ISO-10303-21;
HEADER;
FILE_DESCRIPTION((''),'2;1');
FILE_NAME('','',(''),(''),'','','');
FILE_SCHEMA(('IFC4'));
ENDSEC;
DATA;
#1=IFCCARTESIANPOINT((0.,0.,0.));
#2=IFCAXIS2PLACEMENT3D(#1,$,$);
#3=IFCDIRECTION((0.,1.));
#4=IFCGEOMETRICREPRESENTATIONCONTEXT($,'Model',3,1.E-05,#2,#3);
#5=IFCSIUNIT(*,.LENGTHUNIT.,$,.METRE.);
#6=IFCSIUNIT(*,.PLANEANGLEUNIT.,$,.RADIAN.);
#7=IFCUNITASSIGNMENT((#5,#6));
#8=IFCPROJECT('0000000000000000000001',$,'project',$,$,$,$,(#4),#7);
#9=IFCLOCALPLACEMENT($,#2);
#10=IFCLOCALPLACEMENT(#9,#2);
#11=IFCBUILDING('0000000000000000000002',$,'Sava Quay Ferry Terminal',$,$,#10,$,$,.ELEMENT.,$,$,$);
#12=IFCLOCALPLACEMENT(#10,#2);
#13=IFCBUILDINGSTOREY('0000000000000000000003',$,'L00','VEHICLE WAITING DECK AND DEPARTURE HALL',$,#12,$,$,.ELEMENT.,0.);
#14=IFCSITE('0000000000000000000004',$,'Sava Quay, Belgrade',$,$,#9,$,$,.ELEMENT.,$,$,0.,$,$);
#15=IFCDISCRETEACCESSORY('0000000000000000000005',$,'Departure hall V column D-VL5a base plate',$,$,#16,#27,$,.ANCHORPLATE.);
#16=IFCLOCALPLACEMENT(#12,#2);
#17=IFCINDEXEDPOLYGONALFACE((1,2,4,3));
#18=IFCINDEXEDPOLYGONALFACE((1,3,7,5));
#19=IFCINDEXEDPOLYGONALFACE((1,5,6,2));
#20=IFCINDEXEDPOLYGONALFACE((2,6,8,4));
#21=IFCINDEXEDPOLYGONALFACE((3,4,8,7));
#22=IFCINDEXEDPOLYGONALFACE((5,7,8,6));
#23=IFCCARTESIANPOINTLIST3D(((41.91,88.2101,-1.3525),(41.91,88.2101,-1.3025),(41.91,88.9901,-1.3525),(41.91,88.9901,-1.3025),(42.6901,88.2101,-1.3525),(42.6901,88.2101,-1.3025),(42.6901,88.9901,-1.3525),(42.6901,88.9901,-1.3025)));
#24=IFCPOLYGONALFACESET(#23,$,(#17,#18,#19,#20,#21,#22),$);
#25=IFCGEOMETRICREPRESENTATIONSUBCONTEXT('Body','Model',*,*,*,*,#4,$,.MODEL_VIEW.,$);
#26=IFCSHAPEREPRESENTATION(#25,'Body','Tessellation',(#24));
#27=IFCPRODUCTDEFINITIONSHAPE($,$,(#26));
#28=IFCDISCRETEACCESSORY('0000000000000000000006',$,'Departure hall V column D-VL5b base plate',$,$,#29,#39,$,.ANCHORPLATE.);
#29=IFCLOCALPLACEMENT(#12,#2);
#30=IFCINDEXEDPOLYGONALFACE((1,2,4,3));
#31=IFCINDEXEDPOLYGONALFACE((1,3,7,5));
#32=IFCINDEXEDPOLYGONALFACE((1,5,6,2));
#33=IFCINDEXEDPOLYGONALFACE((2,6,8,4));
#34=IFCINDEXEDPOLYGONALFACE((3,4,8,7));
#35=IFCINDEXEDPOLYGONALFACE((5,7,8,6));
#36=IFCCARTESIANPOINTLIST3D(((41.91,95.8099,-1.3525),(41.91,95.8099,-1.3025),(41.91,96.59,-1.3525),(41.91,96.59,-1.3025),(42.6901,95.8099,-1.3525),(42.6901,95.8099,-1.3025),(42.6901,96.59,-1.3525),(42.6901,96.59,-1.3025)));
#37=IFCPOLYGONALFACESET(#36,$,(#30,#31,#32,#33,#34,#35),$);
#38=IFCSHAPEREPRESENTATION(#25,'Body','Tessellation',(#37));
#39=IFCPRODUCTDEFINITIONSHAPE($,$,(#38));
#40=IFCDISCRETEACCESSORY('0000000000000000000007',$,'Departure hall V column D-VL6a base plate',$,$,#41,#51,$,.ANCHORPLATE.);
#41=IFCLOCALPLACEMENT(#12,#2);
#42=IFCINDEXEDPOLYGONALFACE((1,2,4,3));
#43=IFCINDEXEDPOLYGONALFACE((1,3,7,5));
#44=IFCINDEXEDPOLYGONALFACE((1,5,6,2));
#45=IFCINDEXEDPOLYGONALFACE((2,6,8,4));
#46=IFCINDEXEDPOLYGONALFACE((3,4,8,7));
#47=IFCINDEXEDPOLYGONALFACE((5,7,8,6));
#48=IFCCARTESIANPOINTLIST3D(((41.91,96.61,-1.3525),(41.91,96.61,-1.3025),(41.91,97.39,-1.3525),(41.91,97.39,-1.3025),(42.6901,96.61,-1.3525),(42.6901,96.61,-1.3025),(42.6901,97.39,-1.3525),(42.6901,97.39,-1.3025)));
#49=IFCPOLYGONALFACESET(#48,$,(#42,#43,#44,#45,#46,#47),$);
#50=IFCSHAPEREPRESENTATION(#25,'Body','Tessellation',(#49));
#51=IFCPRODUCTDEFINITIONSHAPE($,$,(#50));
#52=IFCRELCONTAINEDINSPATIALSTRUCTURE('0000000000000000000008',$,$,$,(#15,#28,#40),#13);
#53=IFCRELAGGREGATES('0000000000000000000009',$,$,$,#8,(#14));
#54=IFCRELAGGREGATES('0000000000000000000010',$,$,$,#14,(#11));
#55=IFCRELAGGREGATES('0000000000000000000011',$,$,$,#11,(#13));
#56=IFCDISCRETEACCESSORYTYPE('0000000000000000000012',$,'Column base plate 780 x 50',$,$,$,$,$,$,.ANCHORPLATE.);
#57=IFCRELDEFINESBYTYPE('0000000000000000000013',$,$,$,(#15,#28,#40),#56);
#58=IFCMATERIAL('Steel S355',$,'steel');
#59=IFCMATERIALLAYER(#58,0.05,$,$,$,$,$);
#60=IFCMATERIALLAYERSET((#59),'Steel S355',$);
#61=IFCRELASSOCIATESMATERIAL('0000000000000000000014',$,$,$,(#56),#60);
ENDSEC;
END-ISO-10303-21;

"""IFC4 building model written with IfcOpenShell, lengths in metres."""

from ifc_helpers import new_model, si_unit, direction, frame, origin, origin_2d, place, context, subcontext, project, spatial, rectangle, extrude, material, layer, layer_set, type_object, element, save


model = new_model("IFC4")

# Units and contexts
model_context = context("Model", 3, precision=1e-05, world=origin(), true_north=direction((0.0, 1.0)))
body_context = subcontext(model_context, "Body", "Model", "MODEL_VIEW")
ifc_project = project(units=[si_unit("LENGTHUNIT", "METRE"), si_unit("PLANEANGLEUNIT", "RADIAN")], contexts=[model_context])

# Site, building, storey
site_placement = place(None, origin())
site = spatial("IfcSite", under=ifc_project, at=site_placement, Name="Sava Quay, Belgrade", CompositionType="ELEMENT", RefElevation=0.0)
building_placement = place(site_placement, origin())
building = spatial("IfcBuilding", under=site, at=building_placement, Name="Sava Quay Ferry Terminal", CompositionType="ELEMENT")
storey_placement = place(building_placement, origin())
storey = spatial("IfcBuildingStorey", under=building, at=storey_placement, Name="L00", Description="VEHICLE WAITING DECK AND DEPARTURE HALL", CompositionType="ELEMENT", Elevation=0.0)

# Discrete accessories
ifc_material_1 = material(Name="Steel S355", Category="steel")
ifc_layer_1 = layer(ifc_material_1, 0.05)
ifc_layer_set_1 = layer_set([ifc_layer_1], Name="Steel S355")
discrete_accessory_type = type_object("IfcDiscreteAccessoryType", Name="Column base plate 780 x 50", PredefinedType="ANCHORPLATE", material=ifc_layer_set_1)
for number, where, z_axis, x_axis, name in (
    (1, (42.3, 88.6001, -1.3525), (0.0, 0.0, 1.0), (1.0, 0.0, 0.0), "Departure hall V column D-VL5a base plate"),
    (2, (42.3, 96.2, -1.3525), (0.0, 0.0, 1.0), (1.0, 0.0, 0.0), "Departure hall V column D-VL5b base plate"),
    (3, (42.3, 97.0, -1.3525), (0.0, 0.0, 1.0), (1.0, 0.0, 0.0), "Departure hall V column D-VL6a base plate"),
):
    element("IfcDiscreteAccessory", number, at=place(storey_placement, frame(where, z_axis=z_axis, x_axis=x_axis)), inside=storey, type_object=discrete_accessory_type, Name=name, PredefinedType="ANCHORPLATE", context=body_context, shape_type="SweptSolid", body=[
        extrude(rectangle(XDim=0.78, YDim=0.78, at=origin_2d()), origin(), (0.0, 0.0, 1.0), 0.05),
    ])

save(model, "model.ifc")
